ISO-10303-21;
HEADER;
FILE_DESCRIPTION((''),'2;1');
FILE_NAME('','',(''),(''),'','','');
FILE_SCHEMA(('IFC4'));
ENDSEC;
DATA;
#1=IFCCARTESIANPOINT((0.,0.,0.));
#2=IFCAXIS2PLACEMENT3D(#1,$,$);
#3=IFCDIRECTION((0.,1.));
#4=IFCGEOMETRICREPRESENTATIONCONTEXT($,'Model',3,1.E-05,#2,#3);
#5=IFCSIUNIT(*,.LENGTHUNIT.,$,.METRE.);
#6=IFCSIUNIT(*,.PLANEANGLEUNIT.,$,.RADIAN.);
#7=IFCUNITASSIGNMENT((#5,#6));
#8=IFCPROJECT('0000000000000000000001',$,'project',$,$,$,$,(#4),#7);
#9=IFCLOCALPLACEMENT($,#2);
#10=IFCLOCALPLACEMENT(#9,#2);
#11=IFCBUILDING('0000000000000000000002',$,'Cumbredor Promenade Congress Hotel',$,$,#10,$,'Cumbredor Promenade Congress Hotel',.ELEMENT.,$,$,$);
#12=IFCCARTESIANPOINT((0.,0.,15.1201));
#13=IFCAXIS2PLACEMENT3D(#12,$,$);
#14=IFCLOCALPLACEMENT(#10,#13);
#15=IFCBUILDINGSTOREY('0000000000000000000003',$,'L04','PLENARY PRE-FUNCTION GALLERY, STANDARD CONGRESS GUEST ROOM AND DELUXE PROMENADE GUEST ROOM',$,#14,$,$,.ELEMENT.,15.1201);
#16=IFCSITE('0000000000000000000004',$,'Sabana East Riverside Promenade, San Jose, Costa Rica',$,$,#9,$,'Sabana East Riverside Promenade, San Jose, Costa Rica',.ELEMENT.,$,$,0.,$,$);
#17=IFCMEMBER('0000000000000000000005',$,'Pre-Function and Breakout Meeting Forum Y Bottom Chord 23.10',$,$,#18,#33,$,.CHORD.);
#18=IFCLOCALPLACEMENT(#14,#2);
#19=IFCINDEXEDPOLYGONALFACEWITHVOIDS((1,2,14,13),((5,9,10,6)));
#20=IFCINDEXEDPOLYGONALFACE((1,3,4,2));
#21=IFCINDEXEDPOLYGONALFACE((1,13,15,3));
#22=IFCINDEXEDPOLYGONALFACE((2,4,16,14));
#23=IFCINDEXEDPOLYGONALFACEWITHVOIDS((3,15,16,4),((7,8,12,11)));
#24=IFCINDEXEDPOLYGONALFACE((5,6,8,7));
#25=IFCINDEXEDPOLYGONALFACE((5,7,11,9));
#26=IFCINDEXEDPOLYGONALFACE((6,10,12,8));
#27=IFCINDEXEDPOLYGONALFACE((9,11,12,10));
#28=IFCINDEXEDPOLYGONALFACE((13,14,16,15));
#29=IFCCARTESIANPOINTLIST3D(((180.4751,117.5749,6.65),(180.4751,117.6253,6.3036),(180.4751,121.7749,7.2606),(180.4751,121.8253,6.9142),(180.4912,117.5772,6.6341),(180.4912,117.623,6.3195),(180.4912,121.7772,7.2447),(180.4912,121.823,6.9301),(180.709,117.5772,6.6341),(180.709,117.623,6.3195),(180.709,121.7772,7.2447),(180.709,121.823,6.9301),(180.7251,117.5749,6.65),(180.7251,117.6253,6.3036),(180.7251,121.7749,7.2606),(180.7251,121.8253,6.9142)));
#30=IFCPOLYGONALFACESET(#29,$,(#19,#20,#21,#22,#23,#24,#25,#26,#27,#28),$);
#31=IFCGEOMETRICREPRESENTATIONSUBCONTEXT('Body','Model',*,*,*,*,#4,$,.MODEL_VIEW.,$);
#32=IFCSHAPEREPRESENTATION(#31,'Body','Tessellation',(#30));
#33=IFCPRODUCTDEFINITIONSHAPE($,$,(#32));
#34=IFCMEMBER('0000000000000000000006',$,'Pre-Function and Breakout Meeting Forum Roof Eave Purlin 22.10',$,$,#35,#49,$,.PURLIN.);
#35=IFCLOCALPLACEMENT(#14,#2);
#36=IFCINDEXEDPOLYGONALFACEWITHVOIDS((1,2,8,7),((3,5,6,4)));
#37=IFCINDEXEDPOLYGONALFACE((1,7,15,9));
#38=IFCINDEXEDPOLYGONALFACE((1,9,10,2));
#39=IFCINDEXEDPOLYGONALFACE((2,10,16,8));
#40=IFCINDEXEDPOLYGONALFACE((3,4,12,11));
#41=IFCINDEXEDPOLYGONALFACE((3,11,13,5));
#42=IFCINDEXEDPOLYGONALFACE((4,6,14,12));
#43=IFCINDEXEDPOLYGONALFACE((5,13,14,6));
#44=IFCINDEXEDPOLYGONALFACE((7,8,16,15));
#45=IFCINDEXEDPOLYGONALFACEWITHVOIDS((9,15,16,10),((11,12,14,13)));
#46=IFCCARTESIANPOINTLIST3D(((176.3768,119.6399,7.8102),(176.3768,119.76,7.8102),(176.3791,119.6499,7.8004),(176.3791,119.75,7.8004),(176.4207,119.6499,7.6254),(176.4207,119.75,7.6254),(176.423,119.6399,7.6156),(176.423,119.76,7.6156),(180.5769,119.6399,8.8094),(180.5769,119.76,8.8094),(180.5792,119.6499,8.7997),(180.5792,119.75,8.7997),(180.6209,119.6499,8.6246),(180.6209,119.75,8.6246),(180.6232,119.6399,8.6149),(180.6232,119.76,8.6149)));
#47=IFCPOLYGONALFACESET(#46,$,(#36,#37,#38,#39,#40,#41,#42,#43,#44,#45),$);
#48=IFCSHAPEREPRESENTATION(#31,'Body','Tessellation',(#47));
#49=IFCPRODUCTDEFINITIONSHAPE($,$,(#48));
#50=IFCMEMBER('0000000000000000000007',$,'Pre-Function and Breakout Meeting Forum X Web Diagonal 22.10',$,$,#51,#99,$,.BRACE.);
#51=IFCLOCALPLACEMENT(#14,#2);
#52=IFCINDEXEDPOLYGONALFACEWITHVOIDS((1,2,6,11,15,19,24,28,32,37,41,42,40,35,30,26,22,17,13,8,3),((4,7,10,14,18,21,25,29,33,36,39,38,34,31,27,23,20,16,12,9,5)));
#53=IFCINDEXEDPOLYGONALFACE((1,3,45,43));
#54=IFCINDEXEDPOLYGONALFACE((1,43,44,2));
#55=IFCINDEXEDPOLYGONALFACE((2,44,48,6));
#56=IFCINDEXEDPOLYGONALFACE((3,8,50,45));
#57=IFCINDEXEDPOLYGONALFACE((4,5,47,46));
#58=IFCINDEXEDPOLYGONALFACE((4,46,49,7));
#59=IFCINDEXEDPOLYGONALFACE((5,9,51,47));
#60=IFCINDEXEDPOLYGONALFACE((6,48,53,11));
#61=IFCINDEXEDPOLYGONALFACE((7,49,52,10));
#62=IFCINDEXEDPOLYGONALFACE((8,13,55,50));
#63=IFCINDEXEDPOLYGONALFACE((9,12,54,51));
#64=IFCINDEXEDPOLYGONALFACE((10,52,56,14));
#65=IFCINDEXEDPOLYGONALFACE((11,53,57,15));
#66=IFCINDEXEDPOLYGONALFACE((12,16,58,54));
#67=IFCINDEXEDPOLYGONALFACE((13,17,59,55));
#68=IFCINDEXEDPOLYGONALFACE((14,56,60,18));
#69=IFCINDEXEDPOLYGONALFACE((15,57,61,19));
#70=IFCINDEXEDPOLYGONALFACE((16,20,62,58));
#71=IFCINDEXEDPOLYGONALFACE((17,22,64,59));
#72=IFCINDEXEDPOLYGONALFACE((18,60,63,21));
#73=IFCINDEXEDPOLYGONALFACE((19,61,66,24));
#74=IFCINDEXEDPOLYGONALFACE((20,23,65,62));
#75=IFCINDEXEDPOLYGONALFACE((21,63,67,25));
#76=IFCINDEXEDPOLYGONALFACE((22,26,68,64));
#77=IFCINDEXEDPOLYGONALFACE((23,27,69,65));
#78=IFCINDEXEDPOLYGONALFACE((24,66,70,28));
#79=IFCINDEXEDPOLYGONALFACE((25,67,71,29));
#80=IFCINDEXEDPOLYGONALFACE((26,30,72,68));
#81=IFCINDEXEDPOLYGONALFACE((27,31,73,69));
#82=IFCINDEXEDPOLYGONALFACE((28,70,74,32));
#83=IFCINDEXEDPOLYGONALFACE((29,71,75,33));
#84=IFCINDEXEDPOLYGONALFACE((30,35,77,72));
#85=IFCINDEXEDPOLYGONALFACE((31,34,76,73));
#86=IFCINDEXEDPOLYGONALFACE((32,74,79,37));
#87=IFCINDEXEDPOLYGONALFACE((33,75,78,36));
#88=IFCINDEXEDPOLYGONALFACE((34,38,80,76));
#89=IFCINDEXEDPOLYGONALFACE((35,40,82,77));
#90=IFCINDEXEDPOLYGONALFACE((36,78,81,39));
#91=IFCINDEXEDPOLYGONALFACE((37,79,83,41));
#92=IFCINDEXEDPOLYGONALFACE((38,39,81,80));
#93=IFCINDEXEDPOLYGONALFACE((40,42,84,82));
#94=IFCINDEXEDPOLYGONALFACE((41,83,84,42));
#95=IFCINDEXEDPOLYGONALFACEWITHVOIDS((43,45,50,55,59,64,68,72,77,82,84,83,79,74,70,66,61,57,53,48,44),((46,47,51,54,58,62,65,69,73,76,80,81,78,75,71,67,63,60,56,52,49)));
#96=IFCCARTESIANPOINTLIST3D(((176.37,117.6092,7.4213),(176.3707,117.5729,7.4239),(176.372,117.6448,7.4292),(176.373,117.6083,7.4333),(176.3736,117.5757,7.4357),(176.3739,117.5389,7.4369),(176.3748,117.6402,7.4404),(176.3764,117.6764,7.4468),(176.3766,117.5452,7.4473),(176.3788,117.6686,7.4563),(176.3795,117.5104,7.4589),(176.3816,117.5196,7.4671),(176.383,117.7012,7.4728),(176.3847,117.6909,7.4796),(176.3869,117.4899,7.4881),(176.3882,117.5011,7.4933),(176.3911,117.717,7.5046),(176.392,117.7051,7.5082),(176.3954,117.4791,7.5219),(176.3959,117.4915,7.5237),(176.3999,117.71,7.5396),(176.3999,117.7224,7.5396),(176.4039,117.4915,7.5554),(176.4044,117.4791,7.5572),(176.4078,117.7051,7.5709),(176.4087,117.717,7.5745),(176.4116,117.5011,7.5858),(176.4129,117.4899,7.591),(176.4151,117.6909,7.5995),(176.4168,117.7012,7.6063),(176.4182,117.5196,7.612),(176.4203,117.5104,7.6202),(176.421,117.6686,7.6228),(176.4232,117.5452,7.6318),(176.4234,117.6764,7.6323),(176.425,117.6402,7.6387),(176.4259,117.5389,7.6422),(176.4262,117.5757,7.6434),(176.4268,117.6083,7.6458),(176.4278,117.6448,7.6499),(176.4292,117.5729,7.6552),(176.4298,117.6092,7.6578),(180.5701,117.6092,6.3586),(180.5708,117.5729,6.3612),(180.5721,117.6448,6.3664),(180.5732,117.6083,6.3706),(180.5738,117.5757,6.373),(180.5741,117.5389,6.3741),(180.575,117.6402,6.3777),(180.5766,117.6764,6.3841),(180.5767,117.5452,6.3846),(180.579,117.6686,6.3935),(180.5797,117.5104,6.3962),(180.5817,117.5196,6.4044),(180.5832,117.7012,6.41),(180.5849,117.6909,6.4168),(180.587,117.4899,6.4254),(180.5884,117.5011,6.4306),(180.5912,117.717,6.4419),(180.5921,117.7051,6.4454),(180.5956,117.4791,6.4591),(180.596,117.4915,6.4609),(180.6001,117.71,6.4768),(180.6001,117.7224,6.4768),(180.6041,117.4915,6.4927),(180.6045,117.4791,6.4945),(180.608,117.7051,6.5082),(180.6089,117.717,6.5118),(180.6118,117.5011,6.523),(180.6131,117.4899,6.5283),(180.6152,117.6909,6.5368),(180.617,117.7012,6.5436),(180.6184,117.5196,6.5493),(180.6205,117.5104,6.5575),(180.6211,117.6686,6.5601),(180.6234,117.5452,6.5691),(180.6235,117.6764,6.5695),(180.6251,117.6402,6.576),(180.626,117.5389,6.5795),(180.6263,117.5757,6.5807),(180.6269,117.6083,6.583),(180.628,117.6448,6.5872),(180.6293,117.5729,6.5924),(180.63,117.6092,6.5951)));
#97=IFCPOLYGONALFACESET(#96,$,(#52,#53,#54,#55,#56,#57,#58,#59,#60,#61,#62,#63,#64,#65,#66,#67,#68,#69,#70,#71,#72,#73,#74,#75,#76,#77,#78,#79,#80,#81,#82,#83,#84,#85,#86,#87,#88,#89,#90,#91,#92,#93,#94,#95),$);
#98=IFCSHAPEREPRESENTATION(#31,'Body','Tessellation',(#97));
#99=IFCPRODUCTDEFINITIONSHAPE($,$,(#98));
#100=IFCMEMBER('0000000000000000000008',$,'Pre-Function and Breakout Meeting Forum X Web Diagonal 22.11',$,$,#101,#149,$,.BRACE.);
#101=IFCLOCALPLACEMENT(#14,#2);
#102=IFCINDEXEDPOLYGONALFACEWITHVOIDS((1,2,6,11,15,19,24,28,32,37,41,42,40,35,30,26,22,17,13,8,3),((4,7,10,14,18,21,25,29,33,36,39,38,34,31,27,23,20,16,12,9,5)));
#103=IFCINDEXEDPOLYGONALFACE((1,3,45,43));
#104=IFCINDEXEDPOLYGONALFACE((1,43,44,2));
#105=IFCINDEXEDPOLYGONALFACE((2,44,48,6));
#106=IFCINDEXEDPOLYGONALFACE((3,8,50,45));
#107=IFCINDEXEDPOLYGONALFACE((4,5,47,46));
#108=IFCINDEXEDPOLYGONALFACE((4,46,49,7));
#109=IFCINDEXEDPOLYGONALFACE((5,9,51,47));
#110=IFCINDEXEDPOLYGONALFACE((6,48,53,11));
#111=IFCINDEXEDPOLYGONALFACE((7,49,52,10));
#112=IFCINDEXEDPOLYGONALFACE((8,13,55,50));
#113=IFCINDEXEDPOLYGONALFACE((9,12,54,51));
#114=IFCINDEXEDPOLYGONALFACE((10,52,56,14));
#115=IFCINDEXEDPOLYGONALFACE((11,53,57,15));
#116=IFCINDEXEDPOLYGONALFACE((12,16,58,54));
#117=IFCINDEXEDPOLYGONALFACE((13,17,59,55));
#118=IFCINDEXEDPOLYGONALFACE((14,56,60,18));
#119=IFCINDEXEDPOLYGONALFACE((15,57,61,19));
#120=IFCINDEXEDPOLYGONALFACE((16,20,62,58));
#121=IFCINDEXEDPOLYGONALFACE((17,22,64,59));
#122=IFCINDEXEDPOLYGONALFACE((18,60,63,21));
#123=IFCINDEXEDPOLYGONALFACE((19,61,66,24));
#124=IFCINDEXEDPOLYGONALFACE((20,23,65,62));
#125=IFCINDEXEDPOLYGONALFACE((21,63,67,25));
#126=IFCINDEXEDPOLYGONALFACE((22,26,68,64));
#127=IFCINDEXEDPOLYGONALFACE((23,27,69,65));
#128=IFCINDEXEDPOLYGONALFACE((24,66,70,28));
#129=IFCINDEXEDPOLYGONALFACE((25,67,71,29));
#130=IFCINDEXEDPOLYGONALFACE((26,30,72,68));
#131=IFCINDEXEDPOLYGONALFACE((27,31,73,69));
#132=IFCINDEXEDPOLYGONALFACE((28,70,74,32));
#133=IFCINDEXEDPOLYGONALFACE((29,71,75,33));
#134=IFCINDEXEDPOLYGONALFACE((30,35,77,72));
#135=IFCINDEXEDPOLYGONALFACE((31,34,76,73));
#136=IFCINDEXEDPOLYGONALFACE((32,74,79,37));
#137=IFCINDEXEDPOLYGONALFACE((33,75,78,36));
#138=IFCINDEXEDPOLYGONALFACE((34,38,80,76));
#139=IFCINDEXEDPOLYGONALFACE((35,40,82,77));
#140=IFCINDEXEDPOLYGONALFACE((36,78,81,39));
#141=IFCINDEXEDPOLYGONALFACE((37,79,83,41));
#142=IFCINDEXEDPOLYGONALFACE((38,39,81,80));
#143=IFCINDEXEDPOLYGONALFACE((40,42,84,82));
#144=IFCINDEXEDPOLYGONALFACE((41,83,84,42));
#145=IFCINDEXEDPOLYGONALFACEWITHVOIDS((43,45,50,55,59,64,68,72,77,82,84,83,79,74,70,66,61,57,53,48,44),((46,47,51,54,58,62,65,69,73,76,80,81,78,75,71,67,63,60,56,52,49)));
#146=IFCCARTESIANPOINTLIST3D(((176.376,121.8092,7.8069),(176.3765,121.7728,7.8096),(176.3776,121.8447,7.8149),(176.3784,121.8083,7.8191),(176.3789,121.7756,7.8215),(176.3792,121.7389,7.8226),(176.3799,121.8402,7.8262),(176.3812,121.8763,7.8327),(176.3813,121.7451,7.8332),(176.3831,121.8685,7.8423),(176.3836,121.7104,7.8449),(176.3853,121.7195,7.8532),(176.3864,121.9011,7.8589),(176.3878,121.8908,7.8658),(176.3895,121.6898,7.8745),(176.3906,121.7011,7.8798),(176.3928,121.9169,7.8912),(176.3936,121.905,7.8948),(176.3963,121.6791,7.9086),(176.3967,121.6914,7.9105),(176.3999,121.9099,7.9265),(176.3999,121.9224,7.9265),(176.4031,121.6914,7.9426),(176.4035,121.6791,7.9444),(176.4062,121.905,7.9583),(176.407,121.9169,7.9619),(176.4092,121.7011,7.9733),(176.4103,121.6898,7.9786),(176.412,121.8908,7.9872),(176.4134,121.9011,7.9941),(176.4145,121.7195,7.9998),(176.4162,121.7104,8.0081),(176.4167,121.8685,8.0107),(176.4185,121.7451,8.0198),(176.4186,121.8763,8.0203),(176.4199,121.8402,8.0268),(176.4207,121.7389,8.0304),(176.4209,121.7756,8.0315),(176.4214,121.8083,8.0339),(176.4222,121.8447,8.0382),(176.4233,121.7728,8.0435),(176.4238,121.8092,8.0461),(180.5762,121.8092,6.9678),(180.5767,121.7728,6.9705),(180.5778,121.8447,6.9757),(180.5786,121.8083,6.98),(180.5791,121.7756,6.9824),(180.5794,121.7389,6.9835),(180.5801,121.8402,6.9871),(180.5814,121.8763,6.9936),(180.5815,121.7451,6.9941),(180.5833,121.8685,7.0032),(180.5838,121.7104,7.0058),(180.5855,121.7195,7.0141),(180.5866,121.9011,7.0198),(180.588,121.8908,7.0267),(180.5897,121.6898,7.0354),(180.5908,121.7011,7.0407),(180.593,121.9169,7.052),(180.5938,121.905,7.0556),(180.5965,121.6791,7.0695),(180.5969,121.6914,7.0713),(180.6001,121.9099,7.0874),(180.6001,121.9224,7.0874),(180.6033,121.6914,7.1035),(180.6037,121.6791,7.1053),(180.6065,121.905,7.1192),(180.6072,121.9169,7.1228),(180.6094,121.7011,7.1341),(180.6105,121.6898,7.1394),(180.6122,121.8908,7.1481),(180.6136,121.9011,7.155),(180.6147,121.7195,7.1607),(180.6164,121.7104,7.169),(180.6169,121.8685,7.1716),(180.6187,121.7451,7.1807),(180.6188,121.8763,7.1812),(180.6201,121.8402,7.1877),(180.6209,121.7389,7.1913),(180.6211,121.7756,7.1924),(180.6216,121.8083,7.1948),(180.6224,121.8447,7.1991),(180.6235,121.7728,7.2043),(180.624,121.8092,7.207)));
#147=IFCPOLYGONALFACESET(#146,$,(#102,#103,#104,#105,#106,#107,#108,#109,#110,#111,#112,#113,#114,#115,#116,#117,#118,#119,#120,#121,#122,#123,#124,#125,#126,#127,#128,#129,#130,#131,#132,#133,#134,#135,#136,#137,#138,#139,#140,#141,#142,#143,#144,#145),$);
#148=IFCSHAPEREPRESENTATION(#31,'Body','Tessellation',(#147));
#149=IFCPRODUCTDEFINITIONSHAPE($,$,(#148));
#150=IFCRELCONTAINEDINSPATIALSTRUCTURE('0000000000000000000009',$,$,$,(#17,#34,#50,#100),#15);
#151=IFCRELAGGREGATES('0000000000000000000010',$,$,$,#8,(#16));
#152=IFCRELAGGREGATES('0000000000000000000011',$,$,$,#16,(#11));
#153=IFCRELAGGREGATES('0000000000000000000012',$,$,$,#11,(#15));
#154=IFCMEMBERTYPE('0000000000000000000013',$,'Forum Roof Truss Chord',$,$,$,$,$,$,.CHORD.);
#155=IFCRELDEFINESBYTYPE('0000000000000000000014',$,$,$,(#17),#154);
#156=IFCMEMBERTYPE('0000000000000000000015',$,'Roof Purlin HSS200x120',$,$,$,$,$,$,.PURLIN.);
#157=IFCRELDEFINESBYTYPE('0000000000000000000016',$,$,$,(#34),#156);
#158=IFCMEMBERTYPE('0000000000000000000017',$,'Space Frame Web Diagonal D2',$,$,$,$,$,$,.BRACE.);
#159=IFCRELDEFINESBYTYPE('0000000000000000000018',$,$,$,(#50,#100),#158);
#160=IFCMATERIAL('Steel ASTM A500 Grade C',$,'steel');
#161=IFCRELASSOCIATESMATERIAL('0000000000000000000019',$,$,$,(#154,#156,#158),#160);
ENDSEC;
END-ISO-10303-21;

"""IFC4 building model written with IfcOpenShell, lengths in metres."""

from ifc_helpers import new_model, si_unit, direction, frame, origin, origin_2d, place, context, subcontext, project, spatial, hollow_rectangle, hollow_circle, extrude, material, material_profile, profile_set, type_object, element, save


model = new_model("IFC4")

# Units and contexts
model_context = context("Model", 3, precision=1e-05, world=origin(), true_north=direction((0.0, 1.0)))
body_context = subcontext(model_context, "Body", "Model", "MODEL_VIEW")
ifc_project = project(units=[si_unit("LENGTHUNIT", "METRE"), si_unit("PLANEANGLEUNIT", "RADIAN")], contexts=[model_context])

# Site, building, storey
site_placement = place(None, origin())
site = spatial("IfcSite", under=ifc_project, at=site_placement, Name="Sabana East Riverside Promenade, San Jose, Costa Rica", LongName="Sabana East Riverside Promenade, San Jose, Costa Rica", CompositionType="ELEMENT", RefElevation=0.0)
building_placement = place(site_placement, origin())
building = spatial("IfcBuilding", under=site, at=building_placement, Name="Cumbredor Promenade Congress Hotel", LongName="Cumbredor Promenade Congress Hotel", CompositionType="ELEMENT")
storey_placement = place(building_placement, frame((0.0, 0.0, 15.1201)))
storey = spatial("IfcBuildingStorey", under=building, at=storey_placement, Name="L04", Description="PLENARY PRE-FUNCTION GALLERY, STANDARD CONGRESS GUEST ROOM AND DELUXE PROMENADE GUEST ROOM", CompositionType="ELEMENT", Elevation=15.1201)

# Members
ifc_material_1 = material(Name="Steel ASTM A500 Grade C", Category="steel")
ifc_material_profile_1 = material_profile(ifc_material_1, hollow_rectangle(XDim=0.25, YDim=0.3501, WallThickness=0.0161, at=origin_2d()), Name="HSS 350x250x16")
ifc_profile_set_1 = profile_set([ifc_material_profile_1], Name="Steel ASTM A500 Grade C")
member_type_1 = type_object("IfcMemberType", Name="Forum Roof Truss Chord", PredefinedType="CHORD", material=ifc_profile_set_1)
for number, where, z_axis, x_axis, name in (
    (1, (180.6001, 117.6001, 6.4768), (0.0, 0.989597, 0.143869), (-1.0, 0.0, 0.0), "Pre-Function and Breakout Meeting Forum Y Bottom Chord 23.10"),
):
    element("IfcMember", number, at=place(storey_placement, frame(where, z_axis=z_axis, x_axis=x_axis)), inside=storey, type_object=member_type_1, Name=name, PredefinedType="CHORD", context=body_context, shape_type="SweptSolid", body=[
        extrude(hollow_rectangle(XDim=0.25, YDim=0.3501, WallThickness=0.0161, at=origin_2d()), origin(), (0.0, 0.0, 1.0), 4.2441),
    ])
ifc_material_profile_2 = material_profile(ifc_material_1, hollow_rectangle(XDim=0.1201, YDim=0.2, WallThickness=0.01, at=origin_2d()), Name="HSS 200x120x10")
ifc_profile_set_2 = profile_set([ifc_material_profile_2], Name="Steel ASTM A500 Grade C")
member_type_2 = type_object("IfcMemberType", Name="Roof Purlin HSS200x120", PredefinedType="PURLIN", material=ifc_profile_set_2)
member_1_placement = place(storey_placement, frame((176.3999, 119.7, 7.7129), z_axis=(0.972847, 0.0, 0.23145), x_axis=(0.0, 1.0, 0.0)))
element("IfcMember", 2, at=member_1_placement, inside=storey, type_object=member_type_2, Name="Pre-Function and Breakout Meeting Forum Roof Eave Purlin 22.10", PredefinedType="PURLIN", context=body_context, shape_type="SweptSolid", body=[
    extrude(hollow_rectangle(XDim=0.1201, YDim=0.2, WallThickness=0.01, at=origin_2d()), origin(), (0.0, 0.0, 1.0), 4.3174),
])
ifc_material_profile_3 = material_profile(ifc_material_1, hollow_circle(Radius=0.1223, WallThickness=0.0125, at=origin_2d()), Name="CHS 244.5x12.5")
ifc_profile_set_3 = profile_set([ifc_material_profile_3], Name="Steel ASTM A500 Grade C")
member_type_3 = type_object("IfcMemberType", Name="Space Frame Web Diagonal D2", PredefinedType="BRACE", material=ifc_profile_set_3)
member_2_placement = place(storey_placement, frame((176.3999, 117.6001, 7.5396), z_axis=(0.969449, 0.0, -0.245292), x_axis=(0.0, 1.0, 0.0)))
element("IfcMember", 3, at=member_2_placement, inside=storey, type_object=member_type_3, Name="Pre-Function and Breakout Meeting Forum X Web Diagonal 22.10", PredefinedType="BRACE", context=body_context, shape_type="SweptSolid", body=[
    extrude(hollow_circle(Radius=0.1223, WallThickness=0.0125, at=origin_2d()), origin(), (0.0, 0.0, 1.0), 4.3325),
])
member_3_placement = place(storey_placement, frame((176.3999, 121.8, 7.9265), z_axis=(0.980622, 0.0, -0.195908), x_axis=(0.0, 1.0, 0.0)))
element("IfcMember", 4, at=member_3_placement, inside=storey, type_object=member_type_3, Name="Pre-Function and Breakout Meeting Forum X Web Diagonal 22.11", PredefinedType="BRACE", context=body_context, shape_type="SweptSolid", body=[
    extrude(hollow_circle(Radius=0.1223, WallThickness=0.0125, at=origin_2d()), origin(), (0.0, 0.0, 1.0), 4.2832),
])

save(model, "model.ifc")
